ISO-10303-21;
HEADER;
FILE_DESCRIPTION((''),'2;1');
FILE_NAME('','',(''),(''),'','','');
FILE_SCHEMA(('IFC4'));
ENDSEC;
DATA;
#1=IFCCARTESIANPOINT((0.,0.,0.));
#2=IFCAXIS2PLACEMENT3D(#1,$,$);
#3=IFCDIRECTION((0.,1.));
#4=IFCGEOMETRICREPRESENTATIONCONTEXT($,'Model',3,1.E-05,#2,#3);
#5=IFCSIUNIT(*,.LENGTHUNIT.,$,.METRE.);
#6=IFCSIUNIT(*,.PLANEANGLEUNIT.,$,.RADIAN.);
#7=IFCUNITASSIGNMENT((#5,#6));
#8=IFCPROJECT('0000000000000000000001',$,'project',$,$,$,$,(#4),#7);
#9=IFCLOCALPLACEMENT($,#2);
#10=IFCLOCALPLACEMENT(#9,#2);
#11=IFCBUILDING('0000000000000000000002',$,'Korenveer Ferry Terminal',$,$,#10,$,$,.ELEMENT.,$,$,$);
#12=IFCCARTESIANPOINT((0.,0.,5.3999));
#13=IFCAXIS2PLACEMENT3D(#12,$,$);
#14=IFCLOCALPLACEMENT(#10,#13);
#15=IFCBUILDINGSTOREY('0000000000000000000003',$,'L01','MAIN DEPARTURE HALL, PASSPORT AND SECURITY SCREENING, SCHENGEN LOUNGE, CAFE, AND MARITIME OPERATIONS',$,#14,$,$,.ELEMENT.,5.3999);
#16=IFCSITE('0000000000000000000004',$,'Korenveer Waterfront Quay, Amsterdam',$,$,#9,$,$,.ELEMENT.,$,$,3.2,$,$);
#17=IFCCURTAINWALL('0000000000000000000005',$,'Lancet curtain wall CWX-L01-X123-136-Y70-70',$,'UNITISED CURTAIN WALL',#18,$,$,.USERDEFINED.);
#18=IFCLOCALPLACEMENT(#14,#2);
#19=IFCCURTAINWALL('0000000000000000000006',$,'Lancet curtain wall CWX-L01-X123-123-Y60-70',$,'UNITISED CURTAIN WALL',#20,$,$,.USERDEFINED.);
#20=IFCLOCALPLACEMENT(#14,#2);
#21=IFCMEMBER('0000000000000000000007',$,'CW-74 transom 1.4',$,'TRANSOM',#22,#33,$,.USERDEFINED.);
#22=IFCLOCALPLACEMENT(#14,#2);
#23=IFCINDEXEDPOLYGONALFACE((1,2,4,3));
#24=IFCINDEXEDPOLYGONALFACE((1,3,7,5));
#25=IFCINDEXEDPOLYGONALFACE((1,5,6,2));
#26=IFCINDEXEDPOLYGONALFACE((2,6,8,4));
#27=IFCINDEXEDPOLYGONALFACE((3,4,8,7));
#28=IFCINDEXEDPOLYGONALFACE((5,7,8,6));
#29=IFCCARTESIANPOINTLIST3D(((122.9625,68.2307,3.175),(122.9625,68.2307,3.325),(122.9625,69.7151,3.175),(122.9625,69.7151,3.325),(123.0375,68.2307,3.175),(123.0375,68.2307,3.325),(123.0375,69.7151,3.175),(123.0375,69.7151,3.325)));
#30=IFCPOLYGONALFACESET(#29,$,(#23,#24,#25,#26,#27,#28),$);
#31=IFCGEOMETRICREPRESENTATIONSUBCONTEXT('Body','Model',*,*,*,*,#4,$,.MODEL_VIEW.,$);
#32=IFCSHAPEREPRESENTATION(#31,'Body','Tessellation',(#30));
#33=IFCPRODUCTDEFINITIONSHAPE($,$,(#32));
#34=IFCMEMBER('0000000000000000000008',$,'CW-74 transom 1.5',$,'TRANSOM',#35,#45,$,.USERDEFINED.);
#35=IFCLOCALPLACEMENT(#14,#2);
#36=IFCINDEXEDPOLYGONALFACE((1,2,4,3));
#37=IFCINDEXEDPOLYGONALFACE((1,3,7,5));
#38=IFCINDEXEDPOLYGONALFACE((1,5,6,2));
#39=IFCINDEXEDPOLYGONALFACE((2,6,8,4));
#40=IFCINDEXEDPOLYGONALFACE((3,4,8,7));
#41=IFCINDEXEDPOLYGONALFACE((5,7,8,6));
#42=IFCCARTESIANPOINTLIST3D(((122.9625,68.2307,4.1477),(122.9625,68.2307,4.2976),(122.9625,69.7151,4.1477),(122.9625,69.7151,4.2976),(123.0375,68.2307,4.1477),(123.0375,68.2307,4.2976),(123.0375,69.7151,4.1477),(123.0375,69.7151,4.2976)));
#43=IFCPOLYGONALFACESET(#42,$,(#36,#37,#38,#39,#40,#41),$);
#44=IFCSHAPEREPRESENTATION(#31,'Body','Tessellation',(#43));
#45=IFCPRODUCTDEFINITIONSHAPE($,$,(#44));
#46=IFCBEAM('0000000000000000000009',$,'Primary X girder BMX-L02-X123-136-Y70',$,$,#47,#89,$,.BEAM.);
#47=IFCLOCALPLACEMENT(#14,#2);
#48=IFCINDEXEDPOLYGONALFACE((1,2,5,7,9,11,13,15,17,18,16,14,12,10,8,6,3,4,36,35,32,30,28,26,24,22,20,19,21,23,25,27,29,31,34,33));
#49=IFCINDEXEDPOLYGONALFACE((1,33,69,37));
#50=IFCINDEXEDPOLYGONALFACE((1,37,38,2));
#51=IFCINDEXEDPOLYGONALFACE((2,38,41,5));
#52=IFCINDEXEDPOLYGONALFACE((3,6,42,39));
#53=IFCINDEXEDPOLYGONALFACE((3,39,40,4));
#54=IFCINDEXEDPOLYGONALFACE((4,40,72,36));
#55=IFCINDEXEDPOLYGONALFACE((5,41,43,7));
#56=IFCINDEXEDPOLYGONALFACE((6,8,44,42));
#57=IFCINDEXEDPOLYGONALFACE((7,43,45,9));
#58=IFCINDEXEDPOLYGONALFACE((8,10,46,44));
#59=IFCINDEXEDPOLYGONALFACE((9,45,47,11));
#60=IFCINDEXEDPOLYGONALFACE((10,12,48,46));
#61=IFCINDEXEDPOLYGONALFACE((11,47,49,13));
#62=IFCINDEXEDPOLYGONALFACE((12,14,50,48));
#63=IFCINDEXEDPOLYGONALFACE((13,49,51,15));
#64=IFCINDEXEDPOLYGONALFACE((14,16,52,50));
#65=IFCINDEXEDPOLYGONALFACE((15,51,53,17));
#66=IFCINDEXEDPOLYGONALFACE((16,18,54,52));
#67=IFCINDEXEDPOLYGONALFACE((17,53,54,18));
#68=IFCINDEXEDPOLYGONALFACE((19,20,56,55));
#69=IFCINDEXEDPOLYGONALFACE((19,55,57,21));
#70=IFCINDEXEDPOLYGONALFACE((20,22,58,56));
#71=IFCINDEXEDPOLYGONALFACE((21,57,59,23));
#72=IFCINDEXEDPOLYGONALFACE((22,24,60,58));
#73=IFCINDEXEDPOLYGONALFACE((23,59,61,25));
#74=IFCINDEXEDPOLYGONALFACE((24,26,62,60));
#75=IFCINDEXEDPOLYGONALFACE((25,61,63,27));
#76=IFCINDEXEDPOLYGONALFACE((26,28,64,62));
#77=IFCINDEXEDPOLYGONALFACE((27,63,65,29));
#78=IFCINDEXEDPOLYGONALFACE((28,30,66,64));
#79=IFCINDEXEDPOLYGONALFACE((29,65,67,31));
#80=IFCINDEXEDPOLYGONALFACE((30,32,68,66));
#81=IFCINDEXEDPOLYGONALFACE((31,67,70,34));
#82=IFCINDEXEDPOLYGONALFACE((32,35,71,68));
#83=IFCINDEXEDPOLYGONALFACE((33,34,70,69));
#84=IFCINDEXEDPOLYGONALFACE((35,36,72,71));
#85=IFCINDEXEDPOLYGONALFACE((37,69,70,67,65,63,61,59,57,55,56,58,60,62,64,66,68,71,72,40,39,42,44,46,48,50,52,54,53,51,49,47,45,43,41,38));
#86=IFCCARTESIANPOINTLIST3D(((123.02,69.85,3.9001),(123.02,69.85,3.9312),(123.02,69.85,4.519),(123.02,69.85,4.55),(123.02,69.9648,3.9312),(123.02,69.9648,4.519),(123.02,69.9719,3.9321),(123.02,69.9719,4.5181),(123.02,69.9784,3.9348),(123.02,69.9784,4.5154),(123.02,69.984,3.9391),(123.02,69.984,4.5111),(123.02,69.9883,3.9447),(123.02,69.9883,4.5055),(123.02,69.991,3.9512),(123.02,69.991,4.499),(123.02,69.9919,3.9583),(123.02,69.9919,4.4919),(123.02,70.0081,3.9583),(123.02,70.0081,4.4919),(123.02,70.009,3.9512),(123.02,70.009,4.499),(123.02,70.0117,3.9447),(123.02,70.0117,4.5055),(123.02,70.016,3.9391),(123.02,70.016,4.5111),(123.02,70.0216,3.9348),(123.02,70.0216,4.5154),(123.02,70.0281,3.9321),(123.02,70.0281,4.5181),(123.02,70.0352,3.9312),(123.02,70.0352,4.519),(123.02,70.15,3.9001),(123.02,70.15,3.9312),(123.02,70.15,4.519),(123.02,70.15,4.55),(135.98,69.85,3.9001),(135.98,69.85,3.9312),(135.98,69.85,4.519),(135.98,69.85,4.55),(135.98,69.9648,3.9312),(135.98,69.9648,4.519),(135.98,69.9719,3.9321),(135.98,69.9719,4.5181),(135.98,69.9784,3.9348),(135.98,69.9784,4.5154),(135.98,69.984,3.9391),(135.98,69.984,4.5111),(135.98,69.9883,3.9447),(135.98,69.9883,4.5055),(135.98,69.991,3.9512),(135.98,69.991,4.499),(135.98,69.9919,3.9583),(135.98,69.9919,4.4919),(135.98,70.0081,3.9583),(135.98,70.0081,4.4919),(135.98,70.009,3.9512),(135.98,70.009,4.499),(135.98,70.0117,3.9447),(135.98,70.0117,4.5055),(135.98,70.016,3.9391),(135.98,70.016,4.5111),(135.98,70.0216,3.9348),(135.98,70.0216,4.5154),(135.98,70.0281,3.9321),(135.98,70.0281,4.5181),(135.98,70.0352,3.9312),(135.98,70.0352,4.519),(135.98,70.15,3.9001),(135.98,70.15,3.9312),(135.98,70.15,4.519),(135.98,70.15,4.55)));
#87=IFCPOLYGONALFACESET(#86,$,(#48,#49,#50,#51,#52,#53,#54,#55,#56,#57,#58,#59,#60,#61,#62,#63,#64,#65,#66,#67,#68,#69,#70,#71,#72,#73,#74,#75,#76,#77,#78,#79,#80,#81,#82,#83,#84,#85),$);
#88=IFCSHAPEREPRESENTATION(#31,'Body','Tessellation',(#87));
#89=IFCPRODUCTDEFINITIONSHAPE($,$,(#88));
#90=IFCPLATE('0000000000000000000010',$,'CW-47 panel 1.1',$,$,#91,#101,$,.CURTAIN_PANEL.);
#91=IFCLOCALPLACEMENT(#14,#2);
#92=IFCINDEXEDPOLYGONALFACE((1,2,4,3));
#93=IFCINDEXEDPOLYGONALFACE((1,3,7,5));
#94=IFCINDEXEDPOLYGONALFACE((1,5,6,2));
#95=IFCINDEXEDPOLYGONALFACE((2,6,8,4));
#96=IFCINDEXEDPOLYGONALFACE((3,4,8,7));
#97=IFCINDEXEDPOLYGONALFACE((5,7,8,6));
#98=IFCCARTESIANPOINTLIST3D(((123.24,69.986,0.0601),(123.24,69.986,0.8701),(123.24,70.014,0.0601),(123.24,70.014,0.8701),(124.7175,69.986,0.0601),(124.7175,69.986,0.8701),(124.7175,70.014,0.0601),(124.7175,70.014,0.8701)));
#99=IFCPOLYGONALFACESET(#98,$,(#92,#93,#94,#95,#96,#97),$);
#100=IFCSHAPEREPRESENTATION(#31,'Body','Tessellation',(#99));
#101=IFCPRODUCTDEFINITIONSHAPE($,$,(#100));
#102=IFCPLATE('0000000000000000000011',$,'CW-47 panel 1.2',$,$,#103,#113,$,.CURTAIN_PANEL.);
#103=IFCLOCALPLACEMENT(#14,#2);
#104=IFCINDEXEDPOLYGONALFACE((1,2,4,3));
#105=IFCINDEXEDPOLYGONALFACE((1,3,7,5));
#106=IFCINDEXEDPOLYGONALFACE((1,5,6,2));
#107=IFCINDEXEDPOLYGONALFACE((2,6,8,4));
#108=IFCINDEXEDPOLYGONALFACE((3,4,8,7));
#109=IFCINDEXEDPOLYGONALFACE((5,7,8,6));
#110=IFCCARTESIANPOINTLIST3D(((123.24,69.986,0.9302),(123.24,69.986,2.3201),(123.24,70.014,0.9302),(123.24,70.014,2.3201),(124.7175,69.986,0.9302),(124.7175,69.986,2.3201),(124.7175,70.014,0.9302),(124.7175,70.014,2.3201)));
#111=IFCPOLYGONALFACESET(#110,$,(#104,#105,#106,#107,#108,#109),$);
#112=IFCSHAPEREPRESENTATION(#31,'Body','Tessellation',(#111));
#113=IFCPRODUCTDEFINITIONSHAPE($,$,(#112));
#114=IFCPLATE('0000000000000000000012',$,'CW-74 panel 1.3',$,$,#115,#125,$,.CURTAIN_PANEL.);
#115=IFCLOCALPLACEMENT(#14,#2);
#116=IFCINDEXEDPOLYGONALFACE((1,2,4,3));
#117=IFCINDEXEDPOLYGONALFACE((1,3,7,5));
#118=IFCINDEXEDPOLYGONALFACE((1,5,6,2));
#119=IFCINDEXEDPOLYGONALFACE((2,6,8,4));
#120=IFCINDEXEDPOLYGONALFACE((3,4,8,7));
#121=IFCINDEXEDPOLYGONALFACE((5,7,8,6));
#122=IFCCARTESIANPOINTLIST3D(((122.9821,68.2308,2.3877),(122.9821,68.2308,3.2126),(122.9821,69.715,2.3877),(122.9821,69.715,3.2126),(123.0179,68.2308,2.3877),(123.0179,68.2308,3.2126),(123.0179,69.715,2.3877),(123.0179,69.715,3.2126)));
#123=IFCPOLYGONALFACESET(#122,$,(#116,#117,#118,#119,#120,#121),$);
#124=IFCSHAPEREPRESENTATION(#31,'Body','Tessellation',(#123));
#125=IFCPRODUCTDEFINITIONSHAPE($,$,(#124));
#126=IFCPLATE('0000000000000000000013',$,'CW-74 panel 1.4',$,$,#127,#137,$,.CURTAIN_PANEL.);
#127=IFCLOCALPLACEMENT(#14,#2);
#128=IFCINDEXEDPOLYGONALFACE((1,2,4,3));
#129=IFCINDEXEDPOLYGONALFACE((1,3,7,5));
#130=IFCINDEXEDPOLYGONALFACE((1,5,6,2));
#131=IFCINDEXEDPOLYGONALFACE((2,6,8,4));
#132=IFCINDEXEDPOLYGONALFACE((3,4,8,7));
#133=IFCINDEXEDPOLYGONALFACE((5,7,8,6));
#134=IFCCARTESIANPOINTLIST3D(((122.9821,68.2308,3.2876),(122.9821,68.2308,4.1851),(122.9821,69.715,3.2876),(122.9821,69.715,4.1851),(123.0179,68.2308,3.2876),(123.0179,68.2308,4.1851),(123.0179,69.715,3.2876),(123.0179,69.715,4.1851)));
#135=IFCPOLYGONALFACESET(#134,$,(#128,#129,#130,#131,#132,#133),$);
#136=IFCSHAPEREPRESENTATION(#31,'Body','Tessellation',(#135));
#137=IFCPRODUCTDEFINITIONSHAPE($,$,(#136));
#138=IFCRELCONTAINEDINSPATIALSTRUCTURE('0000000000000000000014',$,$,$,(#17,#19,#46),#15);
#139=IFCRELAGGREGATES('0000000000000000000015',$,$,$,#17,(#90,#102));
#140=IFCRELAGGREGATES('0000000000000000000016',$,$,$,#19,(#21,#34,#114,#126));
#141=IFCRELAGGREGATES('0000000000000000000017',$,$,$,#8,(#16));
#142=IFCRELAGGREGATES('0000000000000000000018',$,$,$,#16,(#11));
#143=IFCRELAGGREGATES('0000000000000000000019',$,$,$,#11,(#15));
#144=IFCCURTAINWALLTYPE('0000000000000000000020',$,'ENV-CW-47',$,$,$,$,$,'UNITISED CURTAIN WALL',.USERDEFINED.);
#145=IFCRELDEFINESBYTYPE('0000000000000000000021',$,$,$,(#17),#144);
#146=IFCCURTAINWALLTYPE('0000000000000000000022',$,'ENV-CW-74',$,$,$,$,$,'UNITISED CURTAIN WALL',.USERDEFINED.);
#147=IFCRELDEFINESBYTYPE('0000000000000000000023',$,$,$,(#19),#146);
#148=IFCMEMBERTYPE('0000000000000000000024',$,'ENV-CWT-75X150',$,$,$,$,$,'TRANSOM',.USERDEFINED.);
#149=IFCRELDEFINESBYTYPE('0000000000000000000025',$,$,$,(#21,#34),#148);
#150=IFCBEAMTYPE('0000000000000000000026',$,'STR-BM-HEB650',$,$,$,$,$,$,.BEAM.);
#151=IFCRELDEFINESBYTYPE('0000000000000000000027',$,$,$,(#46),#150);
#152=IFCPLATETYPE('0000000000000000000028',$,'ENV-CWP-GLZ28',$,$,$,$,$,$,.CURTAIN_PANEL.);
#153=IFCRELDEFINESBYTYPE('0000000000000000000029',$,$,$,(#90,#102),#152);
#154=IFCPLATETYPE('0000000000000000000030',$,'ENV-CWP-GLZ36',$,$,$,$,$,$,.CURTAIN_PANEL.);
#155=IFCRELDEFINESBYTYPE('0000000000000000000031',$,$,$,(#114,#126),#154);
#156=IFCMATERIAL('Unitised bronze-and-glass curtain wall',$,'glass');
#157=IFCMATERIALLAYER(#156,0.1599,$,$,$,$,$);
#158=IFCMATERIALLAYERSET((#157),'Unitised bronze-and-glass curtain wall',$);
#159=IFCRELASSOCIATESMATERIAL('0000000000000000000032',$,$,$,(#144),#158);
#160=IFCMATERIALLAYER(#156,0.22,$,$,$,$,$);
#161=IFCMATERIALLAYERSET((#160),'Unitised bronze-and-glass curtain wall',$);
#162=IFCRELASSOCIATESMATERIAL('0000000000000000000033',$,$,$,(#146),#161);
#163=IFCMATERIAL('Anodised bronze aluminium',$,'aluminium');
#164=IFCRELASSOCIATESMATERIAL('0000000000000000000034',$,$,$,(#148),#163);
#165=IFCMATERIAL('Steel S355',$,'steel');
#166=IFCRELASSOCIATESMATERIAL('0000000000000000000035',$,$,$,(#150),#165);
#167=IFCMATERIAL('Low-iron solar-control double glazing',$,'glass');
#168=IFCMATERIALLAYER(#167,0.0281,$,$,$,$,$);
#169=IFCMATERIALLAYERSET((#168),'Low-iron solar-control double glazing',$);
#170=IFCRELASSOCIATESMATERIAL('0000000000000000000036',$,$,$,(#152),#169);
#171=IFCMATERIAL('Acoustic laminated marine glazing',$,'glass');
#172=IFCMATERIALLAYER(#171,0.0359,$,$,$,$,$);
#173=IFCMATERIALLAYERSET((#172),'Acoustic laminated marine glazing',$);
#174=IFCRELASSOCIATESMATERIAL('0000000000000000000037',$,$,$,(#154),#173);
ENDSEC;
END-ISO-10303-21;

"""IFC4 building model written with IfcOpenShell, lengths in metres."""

from ifc_helpers import new_model, si_unit, direction, frame, origin, origin_2d, place, context, subcontext, project, spatial, rectangle, i_section, extrude, material, layer, layer_set, material_profile, profile_set, type_object, element, aggregate, save


model = new_model("IFC4")

# Units and contexts
model_context = context("Model", 3, precision=1e-05, world=origin(), true_north=direction((0.0, 1.0)))
body_context = subcontext(model_context, "Body", "Model", "MODEL_VIEW")
ifc_project = project(units=[si_unit("LENGTHUNIT", "METRE"), si_unit("PLANEANGLEUNIT", "RADIAN")], contexts=[model_context])

# Site, building, storey
site_placement = place(None, origin())
site = spatial("IfcSite", under=ifc_project, at=site_placement, Name="Korenveer Waterfront Quay, Amsterdam", CompositionType="ELEMENT", RefElevation=3.2)
building_placement = place(site_placement, origin())
building = spatial("IfcBuilding", under=site, at=building_placement, Name="Korenveer Ferry Terminal", CompositionType="ELEMENT")
storey_placement = place(building_placement, frame((0.0, 0.0, 5.3999)))
storey = spatial("IfcBuildingStorey", under=building, at=storey_placement, Name="L01", Description="MAIN DEPARTURE HALL, PASSPORT AND SECURITY SCREENING, SCHENGEN LOUNGE, CAFE, AND MARITIME OPERATIONS", CompositionType="ELEMENT", Elevation=5.3999)

# Shared definitions
ifc_material_1 = material(Name="Steel S355", Category="steel")

# Curtain walls
ifc_material_2 = material(Name="Unitised bronze-and-glass curtain wall", Category="glass")
ifc_layer_1 = layer(ifc_material_2, 0.1599)
ifc_layer_set_1 = layer_set([ifc_layer_1], Name="Unitised bronze-and-glass curtain wall")
curtain_wall_type_1 = type_object("IfcCurtainWallType", Name="ENV-CW-47", ElementType="UNITISED CURTAIN WALL", PredefinedType="USERDEFINED", material=ifc_layer_set_1)
curtain_wall_1_placement = place(storey_placement, frame((123.1799, 70.0, 0.0)))
curtain_wall_1 = element("IfcCurtainWall", 1, at=curtain_wall_1_placement, inside=storey, type_object=curtain_wall_type_1, Name="Lancet curtain wall CWX-L01-X123-136-Y70-70", ObjectType="UNITISED CURTAIN WALL", PredefinedType="USERDEFINED")
ifc_material_3 = material(Name="Anodised bronze aluminium", Category="aluminium")
ifc_layer_2 = layer(ifc_material_2, 0.22)
ifc_layer_set_2 = layer_set([ifc_layer_2], Name="Unitised bronze-and-glass curtain wall")
curtain_wall_type_2 = type_object("IfcCurtainWallType", Name="ENV-CW-74", ElementType="UNITISED CURTAIN WALL", PredefinedType="USERDEFINED", material=ifc_layer_set_2)
curtain_wall_2_placement = place(storey_placement, frame((123.0, 69.79, 0.0)))
curtain_wall_2 = element("IfcCurtainWall", 2, at=curtain_wall_2_placement, inside=storey, type_object=curtain_wall_type_2, Name="Lancet curtain wall CWX-L01-X123-123-Y60-70", ObjectType="UNITISED CURTAIN WALL", PredefinedType="USERDEFINED")

# Members
ifc_material_profile_1 = material_profile(ifc_material_3, rectangle(XDim=0.075, YDim=0.1499, at=origin_2d()), Name="ALU 75x150")
ifc_profile_set_1 = profile_set([ifc_material_profile_1], Name="Anodised bronze aluminium")
member_type_1 = type_object("IfcMemberType", Name="ENV-CWT-75X150", ElementType="TRANSOM", PredefinedType="USERDEFINED", material=ifc_profile_set_1)
member_1_placement = place(storey_placement, frame((123.0, 69.7151, 3.25), z_axis=(0.0, -1.0, 0.0), x_axis=(1.0, 0.0, 0.0)))
member_1 = element("IfcMember", 3, at=member_1_placement, type_object=member_type_1, Name="CW-74 transom 1.4", ObjectType="TRANSOM", PredefinedType="USERDEFINED", context=body_context, shape_type="SweptSolid", body=[
    extrude(rectangle(XDim=0.075, YDim=0.1499, at=origin_2d()), origin(), (0.0, 0.0, 1.0), 1.4844),
])
member_2_placement = place(storey_placement, frame((123.0, 69.7151, 4.2227), z_axis=(0.0, -1.0, 0.0), x_axis=(1.0, 0.0, 0.0)))
member_2 = element("IfcMember", 4, at=member_2_placement, type_object=member_type_1, Name="CW-74 transom 1.5", ObjectType="TRANSOM", PredefinedType="USERDEFINED", context=body_context, shape_type="SweptSolid", body=[
    extrude(rectangle(XDim=0.075, YDim=0.1499, at=origin_2d()), origin(), (0.0, 0.0, 1.0), 1.4844),
])

# Beam
ifc_material_profile_2 = material_profile(ifc_material_1, i_section(OverallWidth=0.3, OverallDepth=0.6499, WebThickness=0.0161, FlangeThickness=0.031, FilletRadius=0.0271, at=origin_2d()), Name="HEB 650")
ifc_profile_set_2 = profile_set([ifc_material_profile_2], Name="Steel S355")
beam_type = type_object("IfcBeamType", Name="STR-BM-HEB650", PredefinedType="BEAM", material=ifc_profile_set_2)
beam_placement = place(storey_placement, frame((123.02, 70.0, 4.2251), z_axis=(1.0, 0.0, 0.0), x_axis=(0.0, 1.0, 0.0)))
element("IfcBeam", 5, at=beam_placement, inside=storey, type_object=beam_type, Name="Primary X girder BMX-L02-X123-136-Y70", PredefinedType="BEAM", context=body_context, shape_type="SweptSolid", body=[
    extrude(i_section(OverallWidth=0.3, OverallDepth=0.6499, WebThickness=0.0161, FlangeThickness=0.031, FilletRadius=0.0271, at=origin_2d()), origin(), (0.0, 0.0, 1.0), 12.96),
])

# Plates
ifc_material_4 = material(Name="Low-iron solar-control double glazing", Category="glass")
ifc_layer_3 = layer(ifc_material_4, 0.0281)
ifc_layer_set_3 = layer_set([ifc_layer_3], Name="Low-iron solar-control double glazing")
plate_type_1 = type_object("IfcPlateType", Name="ENV-CWP-GLZ28", PredefinedType="CURTAIN_PANEL", material=ifc_layer_set_3)
plate_1_placement = place(storey_placement, frame((123.9788, 70.0, 0.0601), z_axis=(0.0, 0.0, 1.0), x_axis=(1.0, 0.0, 0.0)))
plate_1 = element("IfcPlate", 6, at=plate_1_placement, type_object=plate_type_1, Name="CW-47 panel 1.1", PredefinedType="CURTAIN_PANEL", context=body_context, shape_type="SweptSolid", body=[
    extrude(rectangle(XDim=1.4775, YDim=0.0281, at=origin_2d()), origin(), (0.0, 0.0, 1.0), 0.8101),
])
plate_2_placement = place(storey_placement, frame((123.9788, 70.0, 0.9302), z_axis=(0.0, 0.0, 1.0), x_axis=(1.0, 0.0, 0.0)))
plate_2 = element("IfcPlate", 7, at=plate_2_placement, type_object=plate_type_1, Name="CW-47 panel 1.2", PredefinedType="CURTAIN_PANEL", context=body_context, shape_type="SweptSolid", body=[
    extrude(rectangle(XDim=1.4775, YDim=0.0281, at=origin_2d()), origin(), (0.0, 0.0, 1.0), 1.3899),
])
aggregate(curtain_wall_1, [plate_1, plate_2])
ifc_material_5 = material(Name="Acoustic laminated marine glazing", Category="glass")
ifc_layer_4 = layer(ifc_material_5, 0.0359)
ifc_layer_set_4 = layer_set([ifc_layer_4], Name="Acoustic laminated marine glazing")
plate_type_2 = type_object("IfcPlateType", Name="ENV-CWP-GLZ36", PredefinedType="CURTAIN_PANEL", material=ifc_layer_set_4)
plate_3_placement = place(storey_placement, frame((123.0, 68.9729, 2.3877), z_axis=(0.0, 0.0, 1.0), x_axis=(0.0, -1.0, 0.0)))
plate_3 = element("IfcPlate", 8, at=plate_3_placement, type_object=plate_type_2, Name="CW-74 panel 1.3", PredefinedType="CURTAIN_PANEL", context=body_context, shape_type="SweptSolid", body=[
    extrude(rectangle(XDim=1.4841, YDim=0.0359, at=origin_2d()), origin(), (0.0, 0.0, 1.0), 0.825),
])
plate_4_placement = place(storey_placement, frame((123.0, 68.9729, 3.2876), z_axis=(0.0, 0.0, 1.0), x_axis=(0.0, -1.0, 0.0)))
plate_4 = element("IfcPlate", 9, at=plate_4_placement, type_object=plate_type_2, Name="CW-74 panel 1.4", PredefinedType="CURTAIN_PANEL", context=body_context, shape_type="SweptSolid", body=[
    extrude(rectangle(XDim=1.4841, YDim=0.0359, at=origin_2d()), origin(), (0.0, 0.0, 1.0), 0.8975),
])
aggregate(curtain_wall_2, [member_1, member_2, plate_3, plate_4])

save(model, "model.ifc")
